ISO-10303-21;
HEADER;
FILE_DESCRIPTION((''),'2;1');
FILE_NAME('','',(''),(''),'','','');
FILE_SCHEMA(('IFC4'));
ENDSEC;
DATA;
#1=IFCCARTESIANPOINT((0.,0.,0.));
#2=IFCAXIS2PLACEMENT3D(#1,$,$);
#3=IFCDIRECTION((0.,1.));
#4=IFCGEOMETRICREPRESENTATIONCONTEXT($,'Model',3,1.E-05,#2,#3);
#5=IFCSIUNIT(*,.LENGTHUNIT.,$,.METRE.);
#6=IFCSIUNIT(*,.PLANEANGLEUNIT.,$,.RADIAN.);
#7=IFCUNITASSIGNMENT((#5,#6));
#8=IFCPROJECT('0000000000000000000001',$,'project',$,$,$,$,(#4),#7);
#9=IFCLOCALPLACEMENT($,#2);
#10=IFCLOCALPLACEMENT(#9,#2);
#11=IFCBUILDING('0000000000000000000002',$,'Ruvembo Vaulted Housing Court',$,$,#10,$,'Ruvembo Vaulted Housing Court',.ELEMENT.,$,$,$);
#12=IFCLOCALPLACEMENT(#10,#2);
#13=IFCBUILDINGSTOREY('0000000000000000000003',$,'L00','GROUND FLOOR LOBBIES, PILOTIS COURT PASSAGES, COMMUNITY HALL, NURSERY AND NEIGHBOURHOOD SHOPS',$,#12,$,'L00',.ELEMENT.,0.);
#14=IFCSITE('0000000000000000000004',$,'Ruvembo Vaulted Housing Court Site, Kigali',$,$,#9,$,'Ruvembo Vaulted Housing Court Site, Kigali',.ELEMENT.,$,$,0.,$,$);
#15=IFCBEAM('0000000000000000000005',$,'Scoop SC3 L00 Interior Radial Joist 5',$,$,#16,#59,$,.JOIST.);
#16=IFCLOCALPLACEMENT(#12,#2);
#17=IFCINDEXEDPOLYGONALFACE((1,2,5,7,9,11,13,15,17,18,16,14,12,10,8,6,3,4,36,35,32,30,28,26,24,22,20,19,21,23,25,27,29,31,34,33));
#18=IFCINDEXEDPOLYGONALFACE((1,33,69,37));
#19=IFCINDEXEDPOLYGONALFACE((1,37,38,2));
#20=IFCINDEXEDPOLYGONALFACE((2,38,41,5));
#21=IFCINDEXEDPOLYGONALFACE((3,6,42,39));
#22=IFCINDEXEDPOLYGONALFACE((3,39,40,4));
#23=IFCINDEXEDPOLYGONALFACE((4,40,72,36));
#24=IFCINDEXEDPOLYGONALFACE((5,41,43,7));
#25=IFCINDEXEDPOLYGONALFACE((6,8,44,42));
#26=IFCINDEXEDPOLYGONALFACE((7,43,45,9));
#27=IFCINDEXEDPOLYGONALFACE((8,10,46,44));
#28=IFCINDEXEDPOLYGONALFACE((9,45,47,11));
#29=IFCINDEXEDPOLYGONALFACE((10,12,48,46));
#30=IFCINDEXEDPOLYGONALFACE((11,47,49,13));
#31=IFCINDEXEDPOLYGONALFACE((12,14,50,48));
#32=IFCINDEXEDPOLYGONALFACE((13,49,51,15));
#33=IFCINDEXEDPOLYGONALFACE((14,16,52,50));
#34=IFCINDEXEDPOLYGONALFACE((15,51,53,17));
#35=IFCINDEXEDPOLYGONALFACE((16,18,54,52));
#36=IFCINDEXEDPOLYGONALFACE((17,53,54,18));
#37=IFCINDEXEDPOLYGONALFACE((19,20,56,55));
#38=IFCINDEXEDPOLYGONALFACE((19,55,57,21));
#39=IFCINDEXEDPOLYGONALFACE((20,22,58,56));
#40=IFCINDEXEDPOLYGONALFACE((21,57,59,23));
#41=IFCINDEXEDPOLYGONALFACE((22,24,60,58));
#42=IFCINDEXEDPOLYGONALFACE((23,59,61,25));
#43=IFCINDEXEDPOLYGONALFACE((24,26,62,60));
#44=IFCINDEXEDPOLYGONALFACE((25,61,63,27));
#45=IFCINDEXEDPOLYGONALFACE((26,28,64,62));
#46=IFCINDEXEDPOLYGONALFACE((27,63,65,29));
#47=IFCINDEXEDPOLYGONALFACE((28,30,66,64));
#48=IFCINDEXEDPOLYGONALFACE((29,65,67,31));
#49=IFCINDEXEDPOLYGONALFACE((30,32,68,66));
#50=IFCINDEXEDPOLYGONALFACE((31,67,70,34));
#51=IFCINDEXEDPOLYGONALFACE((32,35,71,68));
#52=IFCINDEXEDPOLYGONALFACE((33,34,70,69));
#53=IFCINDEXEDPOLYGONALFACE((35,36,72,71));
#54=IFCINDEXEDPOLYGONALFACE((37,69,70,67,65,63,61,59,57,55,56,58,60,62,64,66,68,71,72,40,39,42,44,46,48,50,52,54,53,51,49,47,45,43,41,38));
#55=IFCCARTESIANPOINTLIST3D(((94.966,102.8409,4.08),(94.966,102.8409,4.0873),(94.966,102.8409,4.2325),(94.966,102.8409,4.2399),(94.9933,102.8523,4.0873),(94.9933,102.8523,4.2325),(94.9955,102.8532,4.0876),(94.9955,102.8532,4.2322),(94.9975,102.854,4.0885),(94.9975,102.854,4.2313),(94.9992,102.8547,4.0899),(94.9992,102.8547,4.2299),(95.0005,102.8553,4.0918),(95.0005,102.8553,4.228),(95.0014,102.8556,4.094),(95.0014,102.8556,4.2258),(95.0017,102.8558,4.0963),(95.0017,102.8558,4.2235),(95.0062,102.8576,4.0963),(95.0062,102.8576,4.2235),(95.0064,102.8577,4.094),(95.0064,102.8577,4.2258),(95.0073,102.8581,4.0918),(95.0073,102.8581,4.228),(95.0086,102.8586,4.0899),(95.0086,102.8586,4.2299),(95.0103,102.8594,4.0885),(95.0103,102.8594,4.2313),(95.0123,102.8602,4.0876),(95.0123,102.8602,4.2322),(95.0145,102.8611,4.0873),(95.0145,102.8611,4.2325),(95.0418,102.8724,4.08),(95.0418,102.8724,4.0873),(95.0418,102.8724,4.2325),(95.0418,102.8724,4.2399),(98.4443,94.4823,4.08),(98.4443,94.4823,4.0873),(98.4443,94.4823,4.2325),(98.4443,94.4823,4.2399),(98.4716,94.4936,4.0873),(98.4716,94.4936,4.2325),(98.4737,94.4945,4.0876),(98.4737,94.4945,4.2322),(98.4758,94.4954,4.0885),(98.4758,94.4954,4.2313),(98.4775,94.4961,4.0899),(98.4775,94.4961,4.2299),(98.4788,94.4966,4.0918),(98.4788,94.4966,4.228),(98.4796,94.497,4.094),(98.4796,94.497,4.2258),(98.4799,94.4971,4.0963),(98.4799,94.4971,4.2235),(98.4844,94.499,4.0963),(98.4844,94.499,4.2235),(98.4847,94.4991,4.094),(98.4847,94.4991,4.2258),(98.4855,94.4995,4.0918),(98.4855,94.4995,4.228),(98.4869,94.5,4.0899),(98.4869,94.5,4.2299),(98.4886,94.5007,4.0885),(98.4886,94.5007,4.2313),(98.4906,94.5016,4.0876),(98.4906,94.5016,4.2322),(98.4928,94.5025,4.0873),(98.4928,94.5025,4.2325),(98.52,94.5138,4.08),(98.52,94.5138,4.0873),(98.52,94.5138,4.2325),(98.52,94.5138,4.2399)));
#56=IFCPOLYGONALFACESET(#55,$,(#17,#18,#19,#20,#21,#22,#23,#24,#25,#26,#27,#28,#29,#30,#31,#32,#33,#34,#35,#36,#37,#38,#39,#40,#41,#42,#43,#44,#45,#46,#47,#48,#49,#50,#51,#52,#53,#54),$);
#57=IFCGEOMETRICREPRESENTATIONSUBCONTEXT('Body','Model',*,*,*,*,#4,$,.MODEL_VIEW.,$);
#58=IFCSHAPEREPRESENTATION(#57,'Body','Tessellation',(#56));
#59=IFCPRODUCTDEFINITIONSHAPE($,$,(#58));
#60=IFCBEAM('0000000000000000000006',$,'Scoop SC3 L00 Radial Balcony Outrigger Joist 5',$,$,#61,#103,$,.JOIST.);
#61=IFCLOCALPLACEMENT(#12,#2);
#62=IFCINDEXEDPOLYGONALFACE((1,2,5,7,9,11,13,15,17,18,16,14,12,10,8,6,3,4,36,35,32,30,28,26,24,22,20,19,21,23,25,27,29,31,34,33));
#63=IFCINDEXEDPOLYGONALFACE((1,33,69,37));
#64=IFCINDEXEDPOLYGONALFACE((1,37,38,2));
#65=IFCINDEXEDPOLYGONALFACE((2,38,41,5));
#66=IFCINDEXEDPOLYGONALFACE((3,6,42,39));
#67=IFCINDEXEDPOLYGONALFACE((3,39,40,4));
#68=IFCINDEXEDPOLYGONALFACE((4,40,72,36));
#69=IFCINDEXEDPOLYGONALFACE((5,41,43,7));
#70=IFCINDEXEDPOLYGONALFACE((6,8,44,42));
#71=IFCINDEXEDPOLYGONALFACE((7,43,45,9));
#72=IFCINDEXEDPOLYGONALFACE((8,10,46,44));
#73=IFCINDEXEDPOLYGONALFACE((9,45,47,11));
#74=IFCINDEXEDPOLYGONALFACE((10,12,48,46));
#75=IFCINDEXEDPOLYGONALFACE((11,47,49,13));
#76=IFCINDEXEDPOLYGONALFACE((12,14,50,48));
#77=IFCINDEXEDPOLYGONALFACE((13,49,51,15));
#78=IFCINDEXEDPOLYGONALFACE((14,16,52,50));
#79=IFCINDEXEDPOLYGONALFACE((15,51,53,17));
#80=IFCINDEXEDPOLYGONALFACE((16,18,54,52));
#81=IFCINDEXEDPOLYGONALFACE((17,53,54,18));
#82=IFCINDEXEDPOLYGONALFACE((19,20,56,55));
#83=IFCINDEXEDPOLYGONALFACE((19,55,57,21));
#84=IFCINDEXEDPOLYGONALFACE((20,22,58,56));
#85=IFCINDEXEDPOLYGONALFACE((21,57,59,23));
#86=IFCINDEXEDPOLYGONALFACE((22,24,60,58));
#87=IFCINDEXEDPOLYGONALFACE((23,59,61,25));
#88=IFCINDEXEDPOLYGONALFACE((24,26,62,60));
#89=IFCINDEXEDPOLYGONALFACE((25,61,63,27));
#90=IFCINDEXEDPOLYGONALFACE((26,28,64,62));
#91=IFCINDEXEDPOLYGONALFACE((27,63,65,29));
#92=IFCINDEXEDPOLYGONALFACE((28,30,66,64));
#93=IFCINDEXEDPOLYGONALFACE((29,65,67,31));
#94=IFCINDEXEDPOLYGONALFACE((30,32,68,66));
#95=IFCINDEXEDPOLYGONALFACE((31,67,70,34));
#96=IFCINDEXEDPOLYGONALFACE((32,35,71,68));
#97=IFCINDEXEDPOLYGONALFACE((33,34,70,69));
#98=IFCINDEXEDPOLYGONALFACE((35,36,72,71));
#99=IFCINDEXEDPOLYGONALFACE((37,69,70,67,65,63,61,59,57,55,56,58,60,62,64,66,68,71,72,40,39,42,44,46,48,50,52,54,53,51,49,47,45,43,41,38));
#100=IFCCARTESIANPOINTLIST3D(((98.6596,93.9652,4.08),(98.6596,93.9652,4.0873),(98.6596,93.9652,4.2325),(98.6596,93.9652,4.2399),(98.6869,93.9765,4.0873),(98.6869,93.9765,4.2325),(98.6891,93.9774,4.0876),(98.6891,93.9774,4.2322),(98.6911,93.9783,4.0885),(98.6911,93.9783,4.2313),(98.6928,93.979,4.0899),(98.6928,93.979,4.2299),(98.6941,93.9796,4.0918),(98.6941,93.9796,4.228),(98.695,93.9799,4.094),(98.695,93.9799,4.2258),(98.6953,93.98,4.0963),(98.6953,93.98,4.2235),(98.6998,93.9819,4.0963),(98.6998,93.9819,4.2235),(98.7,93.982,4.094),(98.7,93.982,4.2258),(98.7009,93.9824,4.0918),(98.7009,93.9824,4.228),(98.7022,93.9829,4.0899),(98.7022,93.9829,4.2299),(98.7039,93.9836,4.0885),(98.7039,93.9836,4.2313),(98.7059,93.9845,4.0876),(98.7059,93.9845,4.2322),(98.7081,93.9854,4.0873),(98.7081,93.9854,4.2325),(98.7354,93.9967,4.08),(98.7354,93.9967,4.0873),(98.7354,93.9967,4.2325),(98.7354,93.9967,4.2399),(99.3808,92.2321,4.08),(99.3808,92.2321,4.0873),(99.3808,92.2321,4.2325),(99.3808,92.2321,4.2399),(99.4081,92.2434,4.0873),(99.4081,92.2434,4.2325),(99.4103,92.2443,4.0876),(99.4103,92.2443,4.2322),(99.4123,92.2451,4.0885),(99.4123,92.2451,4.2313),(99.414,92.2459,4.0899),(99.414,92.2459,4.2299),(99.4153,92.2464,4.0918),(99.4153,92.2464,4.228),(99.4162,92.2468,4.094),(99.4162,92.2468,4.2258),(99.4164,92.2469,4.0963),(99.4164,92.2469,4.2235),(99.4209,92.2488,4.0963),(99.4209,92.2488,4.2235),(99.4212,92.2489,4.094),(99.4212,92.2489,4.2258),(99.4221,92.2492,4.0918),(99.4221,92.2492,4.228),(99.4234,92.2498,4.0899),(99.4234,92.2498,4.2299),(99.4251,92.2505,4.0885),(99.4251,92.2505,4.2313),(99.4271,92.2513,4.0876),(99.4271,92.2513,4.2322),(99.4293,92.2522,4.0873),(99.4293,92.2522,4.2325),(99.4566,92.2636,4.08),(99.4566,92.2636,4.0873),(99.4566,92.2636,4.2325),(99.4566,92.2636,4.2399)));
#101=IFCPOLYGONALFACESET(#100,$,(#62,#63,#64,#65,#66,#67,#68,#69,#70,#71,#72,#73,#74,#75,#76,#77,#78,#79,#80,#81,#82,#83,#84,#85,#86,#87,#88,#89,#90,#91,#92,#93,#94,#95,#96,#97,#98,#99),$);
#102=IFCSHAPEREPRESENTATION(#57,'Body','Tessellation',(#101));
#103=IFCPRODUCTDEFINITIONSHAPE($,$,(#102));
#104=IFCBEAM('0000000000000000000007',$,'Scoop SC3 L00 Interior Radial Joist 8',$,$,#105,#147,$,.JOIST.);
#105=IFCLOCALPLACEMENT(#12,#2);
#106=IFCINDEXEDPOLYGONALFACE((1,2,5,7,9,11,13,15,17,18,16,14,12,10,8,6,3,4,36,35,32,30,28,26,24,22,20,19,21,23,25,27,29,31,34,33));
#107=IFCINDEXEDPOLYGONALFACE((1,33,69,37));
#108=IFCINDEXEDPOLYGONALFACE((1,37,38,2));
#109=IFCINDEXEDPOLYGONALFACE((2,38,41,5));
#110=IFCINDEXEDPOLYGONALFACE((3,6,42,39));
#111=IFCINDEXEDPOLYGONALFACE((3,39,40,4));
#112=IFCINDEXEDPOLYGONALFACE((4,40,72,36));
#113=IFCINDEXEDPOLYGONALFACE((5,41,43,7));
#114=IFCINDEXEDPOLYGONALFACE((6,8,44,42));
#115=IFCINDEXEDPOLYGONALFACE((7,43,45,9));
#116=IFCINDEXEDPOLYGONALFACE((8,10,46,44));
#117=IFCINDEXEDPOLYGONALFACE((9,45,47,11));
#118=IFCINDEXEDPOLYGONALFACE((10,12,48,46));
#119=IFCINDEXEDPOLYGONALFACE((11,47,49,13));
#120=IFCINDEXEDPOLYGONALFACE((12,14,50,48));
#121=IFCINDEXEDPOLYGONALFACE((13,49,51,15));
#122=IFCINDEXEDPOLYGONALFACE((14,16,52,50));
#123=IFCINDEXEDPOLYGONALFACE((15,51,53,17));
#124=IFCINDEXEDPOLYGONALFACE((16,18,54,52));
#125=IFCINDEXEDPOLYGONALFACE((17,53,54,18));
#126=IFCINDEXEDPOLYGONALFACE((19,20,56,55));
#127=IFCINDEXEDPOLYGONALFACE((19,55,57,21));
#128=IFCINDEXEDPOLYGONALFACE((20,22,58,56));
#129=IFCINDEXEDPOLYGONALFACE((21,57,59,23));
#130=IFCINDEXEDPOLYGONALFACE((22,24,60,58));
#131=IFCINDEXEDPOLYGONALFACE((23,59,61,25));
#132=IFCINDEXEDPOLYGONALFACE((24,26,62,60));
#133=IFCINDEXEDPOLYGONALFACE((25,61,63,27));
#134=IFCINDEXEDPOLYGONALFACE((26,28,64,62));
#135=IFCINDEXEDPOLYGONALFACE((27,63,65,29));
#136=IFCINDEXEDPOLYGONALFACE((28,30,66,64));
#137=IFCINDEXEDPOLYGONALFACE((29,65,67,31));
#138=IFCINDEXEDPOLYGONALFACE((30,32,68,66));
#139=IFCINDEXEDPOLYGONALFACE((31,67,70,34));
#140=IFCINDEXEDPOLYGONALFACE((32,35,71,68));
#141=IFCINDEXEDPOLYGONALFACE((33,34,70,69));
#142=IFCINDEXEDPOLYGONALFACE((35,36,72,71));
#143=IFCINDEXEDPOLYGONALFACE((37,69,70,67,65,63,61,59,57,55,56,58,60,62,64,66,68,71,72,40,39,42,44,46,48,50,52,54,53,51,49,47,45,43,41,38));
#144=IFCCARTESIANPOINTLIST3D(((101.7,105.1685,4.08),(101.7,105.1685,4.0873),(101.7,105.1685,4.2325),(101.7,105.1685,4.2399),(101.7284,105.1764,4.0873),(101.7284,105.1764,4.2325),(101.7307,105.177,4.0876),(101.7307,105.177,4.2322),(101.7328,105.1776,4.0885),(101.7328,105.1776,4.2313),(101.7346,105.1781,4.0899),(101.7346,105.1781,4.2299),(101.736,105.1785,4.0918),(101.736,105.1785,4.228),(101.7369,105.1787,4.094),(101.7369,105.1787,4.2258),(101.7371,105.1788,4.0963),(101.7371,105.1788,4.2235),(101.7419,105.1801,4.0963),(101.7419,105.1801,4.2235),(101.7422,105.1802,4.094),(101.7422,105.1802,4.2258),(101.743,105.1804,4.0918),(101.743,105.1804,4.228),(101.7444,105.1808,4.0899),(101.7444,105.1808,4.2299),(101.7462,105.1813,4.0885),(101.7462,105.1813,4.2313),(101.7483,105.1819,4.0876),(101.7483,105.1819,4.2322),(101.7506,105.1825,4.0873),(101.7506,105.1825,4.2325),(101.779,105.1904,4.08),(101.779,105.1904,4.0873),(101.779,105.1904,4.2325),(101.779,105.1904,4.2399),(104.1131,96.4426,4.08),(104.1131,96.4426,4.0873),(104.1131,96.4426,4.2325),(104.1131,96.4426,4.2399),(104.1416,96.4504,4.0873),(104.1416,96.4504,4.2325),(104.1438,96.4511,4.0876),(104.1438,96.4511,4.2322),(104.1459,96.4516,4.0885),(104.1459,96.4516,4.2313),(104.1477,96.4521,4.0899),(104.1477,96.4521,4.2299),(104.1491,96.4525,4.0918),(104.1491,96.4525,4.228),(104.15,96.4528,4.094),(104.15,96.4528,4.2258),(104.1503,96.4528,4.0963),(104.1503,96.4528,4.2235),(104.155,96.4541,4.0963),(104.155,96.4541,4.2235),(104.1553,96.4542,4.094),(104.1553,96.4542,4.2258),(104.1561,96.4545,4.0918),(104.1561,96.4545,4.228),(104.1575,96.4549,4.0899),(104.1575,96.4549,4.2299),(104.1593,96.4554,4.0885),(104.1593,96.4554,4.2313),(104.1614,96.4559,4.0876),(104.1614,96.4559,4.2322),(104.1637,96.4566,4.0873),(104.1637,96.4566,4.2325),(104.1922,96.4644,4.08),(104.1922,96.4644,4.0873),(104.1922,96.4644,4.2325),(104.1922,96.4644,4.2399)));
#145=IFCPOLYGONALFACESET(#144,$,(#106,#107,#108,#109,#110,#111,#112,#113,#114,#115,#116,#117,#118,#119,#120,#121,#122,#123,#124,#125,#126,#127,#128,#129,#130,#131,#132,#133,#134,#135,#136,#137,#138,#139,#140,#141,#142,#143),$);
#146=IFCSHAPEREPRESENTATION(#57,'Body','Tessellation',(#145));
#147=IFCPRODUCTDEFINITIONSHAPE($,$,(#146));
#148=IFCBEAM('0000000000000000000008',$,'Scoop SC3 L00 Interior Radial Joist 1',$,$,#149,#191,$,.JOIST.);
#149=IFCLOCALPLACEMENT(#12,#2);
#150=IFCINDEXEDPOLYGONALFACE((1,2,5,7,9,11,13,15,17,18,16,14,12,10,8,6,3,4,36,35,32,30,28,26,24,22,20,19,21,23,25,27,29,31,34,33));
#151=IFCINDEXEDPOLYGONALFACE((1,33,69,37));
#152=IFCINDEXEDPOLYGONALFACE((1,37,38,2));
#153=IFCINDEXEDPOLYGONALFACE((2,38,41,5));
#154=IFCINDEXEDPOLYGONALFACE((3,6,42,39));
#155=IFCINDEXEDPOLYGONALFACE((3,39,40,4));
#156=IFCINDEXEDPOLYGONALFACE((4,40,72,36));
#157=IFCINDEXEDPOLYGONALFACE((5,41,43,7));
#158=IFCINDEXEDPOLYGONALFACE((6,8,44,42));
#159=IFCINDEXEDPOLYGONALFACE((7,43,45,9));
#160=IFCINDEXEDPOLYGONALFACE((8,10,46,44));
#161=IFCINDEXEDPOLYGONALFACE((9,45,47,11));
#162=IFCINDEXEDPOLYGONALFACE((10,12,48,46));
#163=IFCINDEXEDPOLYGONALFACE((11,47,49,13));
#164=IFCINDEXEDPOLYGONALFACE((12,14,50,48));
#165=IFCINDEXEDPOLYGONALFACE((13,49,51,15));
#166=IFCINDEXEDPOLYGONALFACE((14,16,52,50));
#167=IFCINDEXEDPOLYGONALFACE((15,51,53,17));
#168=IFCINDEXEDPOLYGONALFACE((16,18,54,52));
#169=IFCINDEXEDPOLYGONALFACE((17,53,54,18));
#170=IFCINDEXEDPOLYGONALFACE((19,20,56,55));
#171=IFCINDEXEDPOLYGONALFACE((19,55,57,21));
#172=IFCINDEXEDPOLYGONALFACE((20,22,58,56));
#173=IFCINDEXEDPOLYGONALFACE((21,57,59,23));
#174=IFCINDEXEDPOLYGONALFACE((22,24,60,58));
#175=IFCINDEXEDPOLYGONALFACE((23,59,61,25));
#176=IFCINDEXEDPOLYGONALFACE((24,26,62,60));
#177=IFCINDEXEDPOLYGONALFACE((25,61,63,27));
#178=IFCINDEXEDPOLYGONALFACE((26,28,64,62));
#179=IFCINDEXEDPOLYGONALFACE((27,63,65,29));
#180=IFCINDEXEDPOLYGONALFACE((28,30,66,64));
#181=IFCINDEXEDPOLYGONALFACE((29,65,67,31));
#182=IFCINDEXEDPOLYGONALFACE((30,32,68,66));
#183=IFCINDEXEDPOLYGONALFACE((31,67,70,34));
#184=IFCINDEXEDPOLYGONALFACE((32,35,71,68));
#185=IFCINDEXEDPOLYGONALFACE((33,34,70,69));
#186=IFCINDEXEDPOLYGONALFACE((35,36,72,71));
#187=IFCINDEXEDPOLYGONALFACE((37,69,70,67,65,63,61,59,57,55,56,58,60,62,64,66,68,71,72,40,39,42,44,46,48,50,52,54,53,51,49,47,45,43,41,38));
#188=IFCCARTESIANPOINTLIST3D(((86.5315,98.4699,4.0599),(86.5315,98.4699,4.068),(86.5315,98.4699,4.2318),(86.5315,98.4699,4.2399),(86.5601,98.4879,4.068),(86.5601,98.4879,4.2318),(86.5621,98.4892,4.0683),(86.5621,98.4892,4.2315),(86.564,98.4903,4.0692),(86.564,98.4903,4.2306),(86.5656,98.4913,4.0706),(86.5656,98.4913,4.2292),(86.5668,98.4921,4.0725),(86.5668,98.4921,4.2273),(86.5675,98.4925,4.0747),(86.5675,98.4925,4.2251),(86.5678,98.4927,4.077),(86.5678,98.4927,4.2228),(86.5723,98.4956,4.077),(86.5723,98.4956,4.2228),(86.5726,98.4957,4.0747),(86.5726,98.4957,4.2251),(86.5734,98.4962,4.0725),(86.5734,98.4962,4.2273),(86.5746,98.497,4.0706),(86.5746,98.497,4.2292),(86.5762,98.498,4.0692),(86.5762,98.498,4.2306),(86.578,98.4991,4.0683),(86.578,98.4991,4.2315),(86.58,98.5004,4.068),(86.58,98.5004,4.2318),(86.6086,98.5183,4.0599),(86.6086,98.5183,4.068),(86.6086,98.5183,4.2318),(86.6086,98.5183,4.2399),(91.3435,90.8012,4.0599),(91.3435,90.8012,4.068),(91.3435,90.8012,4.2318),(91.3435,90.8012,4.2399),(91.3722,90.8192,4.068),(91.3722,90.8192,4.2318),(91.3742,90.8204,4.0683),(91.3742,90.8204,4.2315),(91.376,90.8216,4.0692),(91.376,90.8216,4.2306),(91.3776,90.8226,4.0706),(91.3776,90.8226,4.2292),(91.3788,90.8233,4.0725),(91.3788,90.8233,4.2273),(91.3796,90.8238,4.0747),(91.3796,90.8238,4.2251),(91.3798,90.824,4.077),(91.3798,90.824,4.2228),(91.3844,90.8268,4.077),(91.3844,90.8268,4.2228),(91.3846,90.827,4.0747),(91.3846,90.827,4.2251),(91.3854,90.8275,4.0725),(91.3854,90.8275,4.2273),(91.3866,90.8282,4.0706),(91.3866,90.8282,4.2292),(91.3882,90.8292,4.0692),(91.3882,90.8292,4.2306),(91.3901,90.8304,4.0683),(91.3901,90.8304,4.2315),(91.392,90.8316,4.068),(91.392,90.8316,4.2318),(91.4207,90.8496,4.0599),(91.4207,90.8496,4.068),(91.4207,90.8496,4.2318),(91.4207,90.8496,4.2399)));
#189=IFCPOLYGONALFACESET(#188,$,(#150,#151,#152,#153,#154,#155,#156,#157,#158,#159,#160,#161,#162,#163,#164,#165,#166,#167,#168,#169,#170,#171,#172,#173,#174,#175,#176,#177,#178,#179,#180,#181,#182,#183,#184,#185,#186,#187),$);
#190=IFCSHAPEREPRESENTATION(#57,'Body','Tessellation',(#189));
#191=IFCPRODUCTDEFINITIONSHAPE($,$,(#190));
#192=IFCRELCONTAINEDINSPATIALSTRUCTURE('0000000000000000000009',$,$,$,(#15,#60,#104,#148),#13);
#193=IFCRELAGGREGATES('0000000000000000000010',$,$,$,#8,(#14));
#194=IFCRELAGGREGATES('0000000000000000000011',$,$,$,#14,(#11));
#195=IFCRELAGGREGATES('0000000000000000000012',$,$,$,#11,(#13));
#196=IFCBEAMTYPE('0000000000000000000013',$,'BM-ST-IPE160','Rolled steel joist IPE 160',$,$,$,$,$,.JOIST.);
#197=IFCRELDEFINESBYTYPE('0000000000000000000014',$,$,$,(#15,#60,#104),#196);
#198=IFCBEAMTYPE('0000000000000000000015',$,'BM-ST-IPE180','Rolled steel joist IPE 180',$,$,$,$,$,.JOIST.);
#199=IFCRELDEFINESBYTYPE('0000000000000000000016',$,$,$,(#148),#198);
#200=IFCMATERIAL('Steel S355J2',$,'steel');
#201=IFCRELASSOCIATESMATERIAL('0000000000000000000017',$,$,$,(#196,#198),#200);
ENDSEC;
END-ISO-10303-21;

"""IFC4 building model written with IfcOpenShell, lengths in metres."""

from ifc_helpers import new_model, si_unit, direction, frame, origin, origin_2d, place, context, subcontext, project, spatial, i_section, extrude, material, material_profile, profile_set, type_object, element, save


model = new_model("IFC4")

# Units and contexts
model_context = context("Model", 3, precision=1e-05, world=origin(), true_north=direction((0.0, 1.0)))
body_context = subcontext(model_context, "Body", "Model", "MODEL_VIEW")
ifc_project = project(units=[si_unit("LENGTHUNIT", "METRE"), si_unit("PLANEANGLEUNIT", "RADIAN")], contexts=[model_context])

# Site, building, storey
site_placement = place(None, origin())
site = spatial("IfcSite", under=ifc_project, at=site_placement, Name="Ruvembo Vaulted Housing Court Site, Kigali", LongName="Ruvembo Vaulted Housing Court Site, Kigali", CompositionType="ELEMENT", RefElevation=0.0)
building_placement = place(site_placement, origin())
building = spatial("IfcBuilding", under=site, at=building_placement, Name="Ruvembo Vaulted Housing Court", LongName="Ruvembo Vaulted Housing Court", CompositionType="ELEMENT")
storey_placement = place(building_placement, origin())
storey = spatial("IfcBuildingStorey", under=building, at=storey_placement, Name="L00", Description="GROUND FLOOR LOBBIES, PILOTIS COURT PASSAGES, COMMUNITY HALL, NURSERY AND NEIGHBOURHOOD SHOPS", LongName="L00", CompositionType="ELEMENT", Elevation=0.0)

# Beams
ifc_material_1 = material(Name="Steel S355J2", Category="steel")
ifc_material_profile_1 = material_profile(ifc_material_1, i_section(OverallWidth=0.082, OverallDepth=0.1599, WebThickness=0.0049, FlangeThickness=0.0073, FilletRadius=0.009, at=origin_2d()), Name="IPE 160")
ifc_profile_set_1 = profile_set([ifc_material_profile_1], Name="Steel S355J2")
beam_type_1 = type_object("IfcBeamType", Name="BM-ST-IPE160", Description="Rolled steel joist IPE 160", PredefinedType="JOIST", material=ifc_profile_set_1)
beam_1_placement = place(storey_placement, frame((95.0039, 102.8567, 4.1599), z_axis=(0.384192, -0.923253, 0.0), x_axis=(0.923253, 0.384192, 0.0)))
element("IfcBeam", 1, at=beam_1_placement, inside=storey, type_object=beam_type_1, Name="Scoop SC3 L00 Interior Radial Joist 5", PredefinedType="JOIST", context=body_context, shape_type="SweptSolid", body=[
    extrude(i_section(OverallWidth=0.082, OverallDepth=0.1599, WebThickness=0.0049, FlangeThickness=0.0073, FilletRadius=0.009, at=origin_2d()), origin(), (0.0, 0.0, 1.0), 9.0535),
])
beam_2_placement = place(storey_placement, frame((98.6975, 93.981, 4.1599), z_axis=(0.384181, -0.923258, 0.0), x_axis=(0.923258, 0.384181, 0.0)))
element("IfcBeam", 2, at=beam_2_placement, inside=storey, type_object=beam_type_1, Name="Scoop SC3 L00 Radial Balcony Outrigger Joist 5", PredefinedType="JOIST", context=body_context, shape_type="SweptSolid", body=[
    extrude(i_section(OverallWidth=0.082, OverallDepth=0.1599, WebThickness=0.0049, FlangeThickness=0.0073, FilletRadius=0.009, at=origin_2d()), origin(), (0.0, 0.0, 1.0), 1.8772),
])
beam_3_placement = place(storey_placement, frame((101.7395, 105.1794, 4.1599), z_axis=(0.266541, -0.963824, 0.0), x_axis=(0.963824, 0.266541, 0.0)))
element("IfcBeam", 3, at=beam_3_placement, inside=storey, type_object=beam_type_1, Name="Scoop SC3 L00 Interior Radial Joist 8", PredefinedType="JOIST", context=body_context, shape_type="SweptSolid", body=[
    extrude(i_section(OverallWidth=0.082, OverallDepth=0.1599, WebThickness=0.0049, FlangeThickness=0.0073, FilletRadius=0.009, at=origin_2d()), origin(), (0.0, 0.0, 1.0), 9.0535),
])
ifc_material_profile_2 = material_profile(ifc_material_1, i_section(OverallWidth=0.0911, OverallDepth=0.1799, WebThickness=0.0054, FlangeThickness=0.0081, FilletRadius=0.009, at=origin_2d()), Name="IPE 180")
ifc_profile_set_2 = profile_set([ifc_material_profile_2], Name="Steel S355J2")
beam_type_2 = type_object("IfcBeamType", Name="BM-ST-IPE180", Description="Rolled steel joist IPE 180", PredefinedType="JOIST", material=ifc_profile_set_2)
beam_4_placement = place(storey_placement, frame((86.5701, 98.4941, 4.1499), z_axis=(0.531513, -0.84705, 0.0), x_axis=(0.84705, 0.531513, 0.0)))
element("IfcBeam", 4, at=beam_4_placement, inside=storey, type_object=beam_type_2, Name="Scoop SC3 L00 Interior Radial Joist 1", PredefinedType="JOIST", context=body_context, shape_type="SweptSolid", body=[
    extrude(i_section(OverallWidth=0.0911, OverallDepth=0.1799, WebThickness=0.0054, FlangeThickness=0.0081, FilletRadius=0.009, at=origin_2d()), origin(), (0.0, 0.0, 1.0), 9.0535),
])

save(model, "model.ifc")
